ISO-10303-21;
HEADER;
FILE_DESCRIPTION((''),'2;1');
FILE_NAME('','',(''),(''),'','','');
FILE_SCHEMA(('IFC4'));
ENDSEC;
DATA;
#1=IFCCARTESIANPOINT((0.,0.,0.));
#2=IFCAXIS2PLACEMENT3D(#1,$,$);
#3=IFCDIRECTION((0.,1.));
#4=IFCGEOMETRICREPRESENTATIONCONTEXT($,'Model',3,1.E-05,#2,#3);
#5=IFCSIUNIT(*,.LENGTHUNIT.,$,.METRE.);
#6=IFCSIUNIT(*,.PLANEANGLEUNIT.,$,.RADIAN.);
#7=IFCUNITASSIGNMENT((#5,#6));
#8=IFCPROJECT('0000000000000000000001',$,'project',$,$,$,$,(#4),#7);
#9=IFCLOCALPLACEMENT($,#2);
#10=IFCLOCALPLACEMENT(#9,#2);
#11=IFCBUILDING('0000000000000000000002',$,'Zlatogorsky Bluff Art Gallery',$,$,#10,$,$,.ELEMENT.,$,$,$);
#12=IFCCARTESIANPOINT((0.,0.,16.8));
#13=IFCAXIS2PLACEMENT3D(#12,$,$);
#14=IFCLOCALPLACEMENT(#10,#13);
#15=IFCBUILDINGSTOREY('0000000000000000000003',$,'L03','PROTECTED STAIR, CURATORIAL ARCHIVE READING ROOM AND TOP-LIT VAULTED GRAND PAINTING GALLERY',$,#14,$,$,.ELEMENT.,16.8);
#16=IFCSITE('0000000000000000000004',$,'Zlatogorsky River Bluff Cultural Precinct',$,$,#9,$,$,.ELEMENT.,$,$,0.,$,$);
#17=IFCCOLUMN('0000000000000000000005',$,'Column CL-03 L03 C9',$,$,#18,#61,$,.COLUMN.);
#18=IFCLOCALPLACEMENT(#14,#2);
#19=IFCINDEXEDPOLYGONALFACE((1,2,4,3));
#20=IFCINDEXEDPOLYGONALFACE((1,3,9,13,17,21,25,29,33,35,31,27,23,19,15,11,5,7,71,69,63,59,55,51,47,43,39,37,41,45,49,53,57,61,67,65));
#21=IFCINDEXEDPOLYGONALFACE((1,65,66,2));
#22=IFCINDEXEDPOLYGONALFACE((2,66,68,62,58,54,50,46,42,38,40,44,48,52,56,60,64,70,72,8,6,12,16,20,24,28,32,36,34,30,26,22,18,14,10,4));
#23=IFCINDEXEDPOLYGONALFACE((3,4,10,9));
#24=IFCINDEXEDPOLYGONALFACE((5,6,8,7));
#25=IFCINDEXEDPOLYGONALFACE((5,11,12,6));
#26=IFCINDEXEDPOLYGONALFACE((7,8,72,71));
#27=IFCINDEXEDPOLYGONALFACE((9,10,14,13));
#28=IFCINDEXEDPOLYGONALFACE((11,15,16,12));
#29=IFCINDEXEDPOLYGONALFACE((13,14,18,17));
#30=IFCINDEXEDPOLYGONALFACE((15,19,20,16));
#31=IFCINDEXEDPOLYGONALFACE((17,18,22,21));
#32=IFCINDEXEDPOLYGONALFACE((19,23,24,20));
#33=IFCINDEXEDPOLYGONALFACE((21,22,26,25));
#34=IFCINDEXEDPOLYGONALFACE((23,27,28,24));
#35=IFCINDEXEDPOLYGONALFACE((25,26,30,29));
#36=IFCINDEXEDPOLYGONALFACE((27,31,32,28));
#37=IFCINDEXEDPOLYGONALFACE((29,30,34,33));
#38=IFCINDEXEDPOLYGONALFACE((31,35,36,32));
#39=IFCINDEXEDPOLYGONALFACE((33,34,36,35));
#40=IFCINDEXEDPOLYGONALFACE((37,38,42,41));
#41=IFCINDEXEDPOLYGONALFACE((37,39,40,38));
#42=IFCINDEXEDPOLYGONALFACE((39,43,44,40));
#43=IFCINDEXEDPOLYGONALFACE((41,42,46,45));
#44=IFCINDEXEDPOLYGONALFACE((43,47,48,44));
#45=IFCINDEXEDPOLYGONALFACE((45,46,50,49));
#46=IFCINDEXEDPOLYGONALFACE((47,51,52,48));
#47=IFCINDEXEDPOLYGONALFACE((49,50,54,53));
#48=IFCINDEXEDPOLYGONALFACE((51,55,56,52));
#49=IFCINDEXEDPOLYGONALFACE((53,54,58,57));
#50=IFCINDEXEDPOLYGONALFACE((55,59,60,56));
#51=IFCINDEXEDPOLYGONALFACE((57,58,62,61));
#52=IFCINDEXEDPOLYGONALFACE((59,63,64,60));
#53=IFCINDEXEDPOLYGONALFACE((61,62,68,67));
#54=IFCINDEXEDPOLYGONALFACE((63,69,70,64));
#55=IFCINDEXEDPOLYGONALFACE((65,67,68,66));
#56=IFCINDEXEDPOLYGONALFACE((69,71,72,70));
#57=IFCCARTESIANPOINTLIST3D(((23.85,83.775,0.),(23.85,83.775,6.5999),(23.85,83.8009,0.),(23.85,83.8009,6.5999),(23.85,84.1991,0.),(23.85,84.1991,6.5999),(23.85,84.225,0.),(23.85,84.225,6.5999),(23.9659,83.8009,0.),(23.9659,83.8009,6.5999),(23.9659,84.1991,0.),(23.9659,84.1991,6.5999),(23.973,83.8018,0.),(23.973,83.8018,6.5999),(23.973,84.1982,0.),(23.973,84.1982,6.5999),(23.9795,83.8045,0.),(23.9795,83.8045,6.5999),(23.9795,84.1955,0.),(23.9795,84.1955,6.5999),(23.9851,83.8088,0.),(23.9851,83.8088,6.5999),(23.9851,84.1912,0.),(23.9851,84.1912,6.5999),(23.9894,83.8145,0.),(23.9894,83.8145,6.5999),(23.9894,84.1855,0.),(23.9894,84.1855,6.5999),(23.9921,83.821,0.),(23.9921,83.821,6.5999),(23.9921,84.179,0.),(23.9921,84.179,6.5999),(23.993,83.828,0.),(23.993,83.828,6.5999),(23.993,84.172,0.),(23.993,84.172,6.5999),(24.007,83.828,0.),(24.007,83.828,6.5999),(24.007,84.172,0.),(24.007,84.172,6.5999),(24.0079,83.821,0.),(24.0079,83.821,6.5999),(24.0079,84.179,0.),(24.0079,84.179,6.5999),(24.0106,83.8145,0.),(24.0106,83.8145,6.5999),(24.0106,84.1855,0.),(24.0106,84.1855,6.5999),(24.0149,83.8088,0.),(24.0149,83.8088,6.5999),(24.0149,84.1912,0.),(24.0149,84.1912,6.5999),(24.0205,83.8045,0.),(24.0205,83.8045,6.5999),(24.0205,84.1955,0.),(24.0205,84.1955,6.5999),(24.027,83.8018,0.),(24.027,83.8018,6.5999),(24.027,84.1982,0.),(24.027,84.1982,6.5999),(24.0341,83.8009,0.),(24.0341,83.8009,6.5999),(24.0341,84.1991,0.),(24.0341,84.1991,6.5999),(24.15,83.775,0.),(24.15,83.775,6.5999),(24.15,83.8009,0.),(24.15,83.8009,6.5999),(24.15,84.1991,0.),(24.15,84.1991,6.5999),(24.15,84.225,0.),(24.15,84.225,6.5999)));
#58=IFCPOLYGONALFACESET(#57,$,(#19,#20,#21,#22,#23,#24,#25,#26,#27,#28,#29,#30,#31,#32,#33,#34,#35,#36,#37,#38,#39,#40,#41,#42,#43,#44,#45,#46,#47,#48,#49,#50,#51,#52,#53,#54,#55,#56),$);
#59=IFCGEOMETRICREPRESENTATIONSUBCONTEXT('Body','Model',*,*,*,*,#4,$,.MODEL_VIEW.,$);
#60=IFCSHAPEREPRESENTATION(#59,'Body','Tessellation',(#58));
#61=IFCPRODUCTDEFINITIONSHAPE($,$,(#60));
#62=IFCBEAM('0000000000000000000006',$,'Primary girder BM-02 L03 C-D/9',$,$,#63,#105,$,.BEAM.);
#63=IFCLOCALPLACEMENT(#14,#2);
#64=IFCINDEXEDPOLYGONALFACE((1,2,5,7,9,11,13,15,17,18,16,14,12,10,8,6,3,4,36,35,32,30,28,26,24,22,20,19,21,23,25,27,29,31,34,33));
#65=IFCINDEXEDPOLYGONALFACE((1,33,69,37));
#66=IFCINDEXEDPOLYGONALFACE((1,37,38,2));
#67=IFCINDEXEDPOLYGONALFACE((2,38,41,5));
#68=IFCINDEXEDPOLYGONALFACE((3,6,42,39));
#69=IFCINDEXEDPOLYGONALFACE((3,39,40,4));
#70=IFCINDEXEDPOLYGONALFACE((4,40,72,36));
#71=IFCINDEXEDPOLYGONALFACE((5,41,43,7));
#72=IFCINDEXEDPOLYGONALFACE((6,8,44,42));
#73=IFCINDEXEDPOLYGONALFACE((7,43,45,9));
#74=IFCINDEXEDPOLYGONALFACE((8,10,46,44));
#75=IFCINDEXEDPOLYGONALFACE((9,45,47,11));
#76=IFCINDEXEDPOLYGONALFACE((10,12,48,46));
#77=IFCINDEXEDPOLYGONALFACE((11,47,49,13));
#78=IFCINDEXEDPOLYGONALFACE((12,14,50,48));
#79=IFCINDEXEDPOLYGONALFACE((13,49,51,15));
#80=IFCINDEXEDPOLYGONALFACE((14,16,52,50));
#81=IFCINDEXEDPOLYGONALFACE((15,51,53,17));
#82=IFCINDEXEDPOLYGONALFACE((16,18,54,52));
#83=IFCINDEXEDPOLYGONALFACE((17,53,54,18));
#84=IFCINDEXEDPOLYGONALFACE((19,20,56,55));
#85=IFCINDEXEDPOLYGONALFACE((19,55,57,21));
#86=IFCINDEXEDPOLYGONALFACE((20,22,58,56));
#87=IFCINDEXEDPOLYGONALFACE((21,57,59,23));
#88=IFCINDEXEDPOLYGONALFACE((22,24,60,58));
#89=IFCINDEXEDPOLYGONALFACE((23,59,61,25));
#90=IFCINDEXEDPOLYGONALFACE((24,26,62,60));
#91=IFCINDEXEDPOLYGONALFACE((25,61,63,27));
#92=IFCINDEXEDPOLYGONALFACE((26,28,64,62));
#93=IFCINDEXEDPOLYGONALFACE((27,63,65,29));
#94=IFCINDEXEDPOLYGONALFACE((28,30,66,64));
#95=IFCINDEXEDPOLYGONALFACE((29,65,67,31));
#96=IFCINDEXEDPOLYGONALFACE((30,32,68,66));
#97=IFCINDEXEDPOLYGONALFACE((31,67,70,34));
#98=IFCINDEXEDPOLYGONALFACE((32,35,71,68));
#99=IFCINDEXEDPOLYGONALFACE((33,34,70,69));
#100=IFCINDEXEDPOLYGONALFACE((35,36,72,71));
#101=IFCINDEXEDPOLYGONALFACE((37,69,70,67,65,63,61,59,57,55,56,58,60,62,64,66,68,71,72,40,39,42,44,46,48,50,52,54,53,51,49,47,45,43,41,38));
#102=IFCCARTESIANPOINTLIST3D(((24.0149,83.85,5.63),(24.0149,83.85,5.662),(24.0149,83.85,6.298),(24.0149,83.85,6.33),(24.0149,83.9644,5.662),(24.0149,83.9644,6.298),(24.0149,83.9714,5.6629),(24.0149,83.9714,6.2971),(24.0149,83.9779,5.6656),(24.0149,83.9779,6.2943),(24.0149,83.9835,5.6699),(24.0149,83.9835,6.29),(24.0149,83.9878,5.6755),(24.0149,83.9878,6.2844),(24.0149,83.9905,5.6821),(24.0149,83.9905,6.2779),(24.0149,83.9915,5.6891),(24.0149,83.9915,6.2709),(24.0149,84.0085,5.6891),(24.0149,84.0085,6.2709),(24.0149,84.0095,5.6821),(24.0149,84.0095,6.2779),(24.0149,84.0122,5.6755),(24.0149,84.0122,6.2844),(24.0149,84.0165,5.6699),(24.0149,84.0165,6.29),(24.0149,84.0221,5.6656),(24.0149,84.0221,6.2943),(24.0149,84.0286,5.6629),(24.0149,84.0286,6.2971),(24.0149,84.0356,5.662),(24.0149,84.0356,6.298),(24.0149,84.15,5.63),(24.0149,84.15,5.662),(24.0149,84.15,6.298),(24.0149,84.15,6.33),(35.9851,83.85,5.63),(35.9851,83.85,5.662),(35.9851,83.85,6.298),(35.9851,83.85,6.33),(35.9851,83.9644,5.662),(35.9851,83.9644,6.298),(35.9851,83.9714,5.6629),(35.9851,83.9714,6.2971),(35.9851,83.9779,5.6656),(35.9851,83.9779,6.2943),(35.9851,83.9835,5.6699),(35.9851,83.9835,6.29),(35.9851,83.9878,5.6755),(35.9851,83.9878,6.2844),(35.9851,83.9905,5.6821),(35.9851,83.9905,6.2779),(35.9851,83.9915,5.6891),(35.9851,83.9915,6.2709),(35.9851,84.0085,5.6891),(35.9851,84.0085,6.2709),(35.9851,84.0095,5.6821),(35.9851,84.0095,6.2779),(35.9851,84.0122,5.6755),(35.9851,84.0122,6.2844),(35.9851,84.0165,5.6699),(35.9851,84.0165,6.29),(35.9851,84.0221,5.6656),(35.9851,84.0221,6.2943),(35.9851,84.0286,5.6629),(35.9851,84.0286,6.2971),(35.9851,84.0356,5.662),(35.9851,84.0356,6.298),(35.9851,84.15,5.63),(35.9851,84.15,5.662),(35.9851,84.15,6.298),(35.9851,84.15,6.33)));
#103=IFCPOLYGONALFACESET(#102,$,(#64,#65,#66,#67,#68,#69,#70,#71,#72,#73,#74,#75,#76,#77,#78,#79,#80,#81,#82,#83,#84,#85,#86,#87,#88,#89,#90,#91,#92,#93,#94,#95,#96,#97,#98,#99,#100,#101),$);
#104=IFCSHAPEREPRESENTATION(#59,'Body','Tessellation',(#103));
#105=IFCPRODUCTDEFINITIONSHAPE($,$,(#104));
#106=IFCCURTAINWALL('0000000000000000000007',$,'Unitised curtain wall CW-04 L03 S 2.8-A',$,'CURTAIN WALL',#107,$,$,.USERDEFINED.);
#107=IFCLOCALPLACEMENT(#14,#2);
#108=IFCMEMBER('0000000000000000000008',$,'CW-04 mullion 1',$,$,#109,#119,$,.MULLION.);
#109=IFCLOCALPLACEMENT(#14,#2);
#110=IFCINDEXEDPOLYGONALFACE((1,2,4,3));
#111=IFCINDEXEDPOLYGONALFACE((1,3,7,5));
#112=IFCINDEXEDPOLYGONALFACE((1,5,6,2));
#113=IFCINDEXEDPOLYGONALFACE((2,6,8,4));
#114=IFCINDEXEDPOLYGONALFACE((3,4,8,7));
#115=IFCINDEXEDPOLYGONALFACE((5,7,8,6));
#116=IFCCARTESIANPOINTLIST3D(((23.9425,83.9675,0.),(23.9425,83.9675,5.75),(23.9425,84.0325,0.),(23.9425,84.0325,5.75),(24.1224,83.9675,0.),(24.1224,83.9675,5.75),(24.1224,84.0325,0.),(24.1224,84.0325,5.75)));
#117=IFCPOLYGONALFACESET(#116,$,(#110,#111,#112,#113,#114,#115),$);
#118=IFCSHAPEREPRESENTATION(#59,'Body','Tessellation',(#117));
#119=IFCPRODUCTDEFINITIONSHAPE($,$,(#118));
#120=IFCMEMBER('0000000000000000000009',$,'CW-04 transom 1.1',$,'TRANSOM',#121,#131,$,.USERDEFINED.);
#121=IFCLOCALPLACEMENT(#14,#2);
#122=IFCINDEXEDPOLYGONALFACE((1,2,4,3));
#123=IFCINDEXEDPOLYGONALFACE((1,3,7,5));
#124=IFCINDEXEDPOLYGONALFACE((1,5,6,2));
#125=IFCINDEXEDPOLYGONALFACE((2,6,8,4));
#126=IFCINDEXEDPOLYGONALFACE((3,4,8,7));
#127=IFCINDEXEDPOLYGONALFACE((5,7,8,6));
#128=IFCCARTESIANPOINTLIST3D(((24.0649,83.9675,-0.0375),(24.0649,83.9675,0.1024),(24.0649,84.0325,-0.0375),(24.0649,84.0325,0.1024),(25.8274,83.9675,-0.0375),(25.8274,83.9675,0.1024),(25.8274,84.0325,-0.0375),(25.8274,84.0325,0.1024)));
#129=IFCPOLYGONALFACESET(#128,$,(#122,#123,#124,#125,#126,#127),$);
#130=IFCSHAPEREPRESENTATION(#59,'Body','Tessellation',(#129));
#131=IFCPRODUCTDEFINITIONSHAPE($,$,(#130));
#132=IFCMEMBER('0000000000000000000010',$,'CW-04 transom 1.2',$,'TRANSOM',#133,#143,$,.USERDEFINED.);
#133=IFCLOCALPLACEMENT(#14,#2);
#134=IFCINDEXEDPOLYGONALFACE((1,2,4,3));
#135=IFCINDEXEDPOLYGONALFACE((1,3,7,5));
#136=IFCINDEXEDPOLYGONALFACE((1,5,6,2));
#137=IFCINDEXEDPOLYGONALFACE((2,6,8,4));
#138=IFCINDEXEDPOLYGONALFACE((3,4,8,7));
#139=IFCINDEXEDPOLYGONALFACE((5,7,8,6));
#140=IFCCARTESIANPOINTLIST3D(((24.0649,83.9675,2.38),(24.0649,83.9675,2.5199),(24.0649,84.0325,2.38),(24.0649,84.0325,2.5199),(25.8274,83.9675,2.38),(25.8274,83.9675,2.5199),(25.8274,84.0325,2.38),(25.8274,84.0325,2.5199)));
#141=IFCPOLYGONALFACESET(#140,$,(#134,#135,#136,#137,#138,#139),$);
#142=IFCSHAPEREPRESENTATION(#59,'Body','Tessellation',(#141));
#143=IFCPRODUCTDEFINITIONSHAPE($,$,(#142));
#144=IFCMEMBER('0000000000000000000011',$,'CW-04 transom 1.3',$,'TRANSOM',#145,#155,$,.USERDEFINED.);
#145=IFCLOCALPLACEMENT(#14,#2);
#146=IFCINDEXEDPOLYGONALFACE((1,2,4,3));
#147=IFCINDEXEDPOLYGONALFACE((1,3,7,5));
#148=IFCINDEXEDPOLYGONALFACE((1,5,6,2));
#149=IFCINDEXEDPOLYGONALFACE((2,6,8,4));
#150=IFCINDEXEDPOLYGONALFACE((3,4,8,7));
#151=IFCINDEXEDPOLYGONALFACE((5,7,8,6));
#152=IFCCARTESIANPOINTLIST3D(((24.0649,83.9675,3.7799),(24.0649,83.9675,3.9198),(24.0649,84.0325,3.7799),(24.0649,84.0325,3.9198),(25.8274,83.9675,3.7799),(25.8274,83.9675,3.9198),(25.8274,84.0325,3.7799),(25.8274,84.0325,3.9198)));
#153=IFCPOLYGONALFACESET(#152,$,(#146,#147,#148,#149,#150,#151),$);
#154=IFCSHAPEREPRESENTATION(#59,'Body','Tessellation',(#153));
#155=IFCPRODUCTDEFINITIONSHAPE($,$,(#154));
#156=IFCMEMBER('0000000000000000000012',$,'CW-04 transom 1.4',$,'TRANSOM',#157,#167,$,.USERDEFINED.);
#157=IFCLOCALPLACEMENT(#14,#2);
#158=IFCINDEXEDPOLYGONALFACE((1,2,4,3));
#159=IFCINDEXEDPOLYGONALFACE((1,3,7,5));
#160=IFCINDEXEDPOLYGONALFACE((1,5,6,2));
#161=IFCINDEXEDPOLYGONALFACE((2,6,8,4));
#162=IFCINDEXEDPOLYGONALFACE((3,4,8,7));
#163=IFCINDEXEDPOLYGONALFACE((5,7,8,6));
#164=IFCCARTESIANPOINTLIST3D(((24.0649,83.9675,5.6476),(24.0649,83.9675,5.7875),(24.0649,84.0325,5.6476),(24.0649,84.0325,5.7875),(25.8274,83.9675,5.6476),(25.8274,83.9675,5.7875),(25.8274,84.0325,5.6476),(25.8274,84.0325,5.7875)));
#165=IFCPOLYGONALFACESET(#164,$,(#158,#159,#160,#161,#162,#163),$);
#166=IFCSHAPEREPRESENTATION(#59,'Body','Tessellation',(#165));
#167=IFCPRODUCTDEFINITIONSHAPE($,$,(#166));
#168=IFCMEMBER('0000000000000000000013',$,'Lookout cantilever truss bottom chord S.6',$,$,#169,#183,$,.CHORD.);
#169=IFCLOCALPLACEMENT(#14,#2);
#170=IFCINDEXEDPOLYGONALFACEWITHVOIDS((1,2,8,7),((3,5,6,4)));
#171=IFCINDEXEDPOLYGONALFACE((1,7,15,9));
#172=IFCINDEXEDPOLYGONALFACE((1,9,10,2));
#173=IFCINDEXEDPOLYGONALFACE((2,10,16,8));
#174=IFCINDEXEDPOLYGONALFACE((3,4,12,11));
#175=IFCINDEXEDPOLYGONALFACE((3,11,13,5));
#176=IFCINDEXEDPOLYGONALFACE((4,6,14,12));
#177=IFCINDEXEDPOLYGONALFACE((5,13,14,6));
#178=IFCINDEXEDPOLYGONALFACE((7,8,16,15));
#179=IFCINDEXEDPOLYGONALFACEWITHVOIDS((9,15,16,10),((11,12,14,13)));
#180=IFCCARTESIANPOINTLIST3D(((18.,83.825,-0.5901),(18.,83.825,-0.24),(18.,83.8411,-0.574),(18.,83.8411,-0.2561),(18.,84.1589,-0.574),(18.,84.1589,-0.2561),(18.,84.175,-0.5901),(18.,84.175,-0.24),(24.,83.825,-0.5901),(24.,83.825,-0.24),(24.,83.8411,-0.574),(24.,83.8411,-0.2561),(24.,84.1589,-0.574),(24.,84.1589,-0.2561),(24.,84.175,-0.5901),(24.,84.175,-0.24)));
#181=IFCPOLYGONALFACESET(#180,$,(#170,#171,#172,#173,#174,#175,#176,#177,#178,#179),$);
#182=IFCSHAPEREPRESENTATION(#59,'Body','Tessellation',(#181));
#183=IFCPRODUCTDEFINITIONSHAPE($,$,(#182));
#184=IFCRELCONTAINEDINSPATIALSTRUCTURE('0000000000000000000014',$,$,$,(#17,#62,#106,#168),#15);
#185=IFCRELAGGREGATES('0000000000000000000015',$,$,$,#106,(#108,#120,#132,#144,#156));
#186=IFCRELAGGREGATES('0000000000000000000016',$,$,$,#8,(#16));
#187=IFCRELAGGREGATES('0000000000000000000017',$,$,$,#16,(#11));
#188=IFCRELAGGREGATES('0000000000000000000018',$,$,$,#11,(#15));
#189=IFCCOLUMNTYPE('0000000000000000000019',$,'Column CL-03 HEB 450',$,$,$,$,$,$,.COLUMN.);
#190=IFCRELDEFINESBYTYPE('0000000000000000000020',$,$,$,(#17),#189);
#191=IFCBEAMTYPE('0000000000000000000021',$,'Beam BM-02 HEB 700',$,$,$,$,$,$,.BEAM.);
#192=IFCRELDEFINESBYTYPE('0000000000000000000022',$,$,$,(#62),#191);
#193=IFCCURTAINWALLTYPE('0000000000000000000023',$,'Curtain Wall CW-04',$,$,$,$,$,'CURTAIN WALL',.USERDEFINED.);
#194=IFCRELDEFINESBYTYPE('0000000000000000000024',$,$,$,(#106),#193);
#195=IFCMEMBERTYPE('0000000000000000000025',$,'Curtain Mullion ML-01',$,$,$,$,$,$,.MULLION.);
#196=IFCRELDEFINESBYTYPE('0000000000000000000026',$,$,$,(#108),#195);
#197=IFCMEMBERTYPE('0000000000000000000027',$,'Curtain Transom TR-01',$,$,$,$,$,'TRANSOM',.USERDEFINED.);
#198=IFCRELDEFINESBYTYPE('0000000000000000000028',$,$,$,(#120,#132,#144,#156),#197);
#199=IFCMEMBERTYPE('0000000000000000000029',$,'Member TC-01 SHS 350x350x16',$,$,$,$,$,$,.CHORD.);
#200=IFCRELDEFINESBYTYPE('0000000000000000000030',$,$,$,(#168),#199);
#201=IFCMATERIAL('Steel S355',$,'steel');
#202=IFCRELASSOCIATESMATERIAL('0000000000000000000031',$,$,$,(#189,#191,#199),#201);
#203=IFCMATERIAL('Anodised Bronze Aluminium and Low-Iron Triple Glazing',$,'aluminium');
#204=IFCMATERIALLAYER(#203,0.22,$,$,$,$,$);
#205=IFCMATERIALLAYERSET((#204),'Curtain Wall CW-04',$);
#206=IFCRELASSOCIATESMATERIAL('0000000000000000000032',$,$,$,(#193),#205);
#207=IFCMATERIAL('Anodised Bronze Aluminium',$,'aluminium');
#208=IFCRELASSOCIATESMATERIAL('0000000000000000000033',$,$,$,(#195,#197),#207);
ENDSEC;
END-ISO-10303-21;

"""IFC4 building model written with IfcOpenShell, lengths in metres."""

from ifc_helpers import new_model, si_unit, direction, frame, origin, origin_2d, place, context, subcontext, project, spatial, rectangle, hollow_rectangle, i_section, extrude, material, layer, layer_set, material_profile, profile_set, type_object, element, aggregate, save


model = new_model("IFC4")

# Units and contexts
model_context = context("Model", 3, precision=1e-05, world=origin(), true_north=direction((0.0, 1.0)))
body_context = subcontext(model_context, "Body", "Model", "MODEL_VIEW")
ifc_project = project(units=[si_unit("LENGTHUNIT", "METRE"), si_unit("PLANEANGLEUNIT", "RADIAN")], contexts=[model_context])

# Site, building, storey
site_placement = place(None, origin())
site = spatial("IfcSite", under=ifc_project, at=site_placement, Name="Zlatogorsky River Bluff Cultural Precinct", CompositionType="ELEMENT", RefElevation=0.0)
building_placement = place(site_placement, origin())
building = spatial("IfcBuilding", under=site, at=building_placement, Name="Zlatogorsky Bluff Art Gallery", CompositionType="ELEMENT")
storey_placement = place(building_placement, frame((0.0, 0.0, 16.8)))
storey = spatial("IfcBuildingStorey", under=building, at=storey_placement, Name="L03", Description="PROTECTED STAIR, CURATORIAL ARCHIVE READING ROOM AND TOP-LIT VAULTED GRAND PAINTING GALLERY", CompositionType="ELEMENT", Elevation=16.8)

# Column
ifc_material_1 = material(Name="Steel S355", Category="steel")
ifc_material_profile_1 = material_profile(ifc_material_1, i_section(OverallWidth=0.3, OverallDepth=0.45, WebThickness=0.0139, FlangeThickness=0.0259, FilletRadius=0.0271, at=origin_2d()), Name="HEB 450")
ifc_profile_set_1 = profile_set([ifc_material_profile_1], Name="Steel S355")
column_type = type_object("IfcColumnType", Name="Column CL-03 HEB 450", PredefinedType="COLUMN", material=ifc_profile_set_1)
column_placement = place(storey_placement, frame((24.0, 84.0, 0.0), z_axis=(0.0, 0.0, 1.0), x_axis=(1.0, 0.0, 0.0)))
element("IfcColumn", 1, at=column_placement, inside=storey, type_object=column_type, Name="Column CL-03 L03 C9", PredefinedType="COLUMN", context=body_context, shape_type="SweptSolid", body=[
    extrude(i_section(OverallWidth=0.3, OverallDepth=0.45, WebThickness=0.0139, FlangeThickness=0.0259, FilletRadius=0.0271, at=origin_2d()), origin(), (0.0, 0.0, 1.0), 6.5999),
])

# Beam
ifc_material_profile_2 = material_profile(ifc_material_1, i_section(OverallWidth=0.3, OverallDepth=0.7, WebThickness=0.0171, FlangeThickness=0.032, FilletRadius=0.0271, at=origin_2d()), Name="HEB 700")
ifc_profile_set_2 = profile_set([ifc_material_profile_2], Name="Steel S355")
beam_type = type_object("IfcBeamType", Name="Beam BM-02 HEB 700", PredefinedType="BEAM", material=ifc_profile_set_2)
beam_placement = place(storey_placement, frame((24.0149, 84.0, 5.98), z_axis=(1.0, 0.0, 0.0), x_axis=(0.0, 1.0, 0.0)))
element("IfcBeam", 2, at=beam_placement, inside=storey, type_object=beam_type, Name="Primary girder BM-02 L03 C-D/9", PredefinedType="BEAM", context=body_context, shape_type="SweptSolid", body=[
    extrude(i_section(OverallWidth=0.3, OverallDepth=0.7, WebThickness=0.0171, FlangeThickness=0.032, FilletRadius=0.0271, at=origin_2d()), origin(), (0.0, 0.0, 1.0), 11.9702),
])

# Curtain wall, members
ifc_material_2 = material(Name="Anodised Bronze Aluminium and Low-Iron Triple Glazing", Category="aluminium")
ifc_layer_1 = layer(ifc_material_2, 0.22)
ifc_layer_set_1 = layer_set([ifc_layer_1], Name="Curtain Wall CW-04")
curtain_wall_type = type_object("IfcCurtainWallType", Name="Curtain Wall CW-04", ElementType="CURTAIN WALL", PredefinedType="USERDEFINED", material=ifc_layer_set_1)
curtain_wall_placement = place(storey_placement, origin())
curtain_wall = element("IfcCurtainWall", 3, at=curtain_wall_placement, inside=storey, type_object=curtain_wall_type, Name="Unitised curtain wall CW-04 L03 S 2.8-A", ObjectType="CURTAIN WALL", PredefinedType="USERDEFINED")
ifc_material_3 = material(Name="Anodised Bronze Aluminium", Category="aluminium")
ifc_material_profile_3 = material_profile(ifc_material_3, rectangle(XDim=0.0649, YDim=0.1799, at=origin_2d()), Name="ALU MULLION 65x180")
ifc_profile_set_3 = profile_set([ifc_material_profile_3], Name="Anodised Bronze Aluminium")
member_type_1 = type_object("IfcMemberType", Name="Curtain Mullion ML-01", PredefinedType="MULLION", material=ifc_profile_set_3)
member_1_placement = place(storey_placement, frame((24.0325, 84.0, 0.0), z_axis=(0.0, 0.0, 1.0), x_axis=(0.0, 1.0, 0.0)))
member_1 = element("IfcMember", 4, at=member_1_placement, type_object=member_type_1, Name="CW-04 mullion 1", PredefinedType="MULLION", context=body_context, shape_type="SweptSolid", body=[
    extrude(rectangle(XDim=0.0649, YDim=0.1799, at=origin_2d()), origin(), (0.0, 0.0, 1.0), 5.75),
])
ifc_material_profile_4 = material_profile(ifc_material_3, rectangle(XDim=0.0649, YDim=0.1399, at=origin_2d()), Name="ALU TRANSOM 65x140")
ifc_profile_set_4 = profile_set([ifc_material_profile_4], Name="Anodised Bronze Aluminium")
member_type_2 = type_object("IfcMemberType", Name="Curtain Transom TR-01", ElementType="TRANSOM", PredefinedType="USERDEFINED", material=ifc_profile_set_4)
member_2_placement = place(storey_placement, frame((24.0649, 84.0, 0.0325), z_axis=(1.0, 0.0, 0.0), x_axis=(0.0, 1.0, 0.0)))
member_2 = element("IfcMember", 5, at=member_2_placement, type_object=member_type_2, Name="CW-04 transom 1.1", ObjectType="TRANSOM", PredefinedType="USERDEFINED", context=body_context, shape_type="SweptSolid", body=[
    extrude(rectangle(XDim=0.0649, YDim=0.1399, at=origin_2d()), origin(), (0.0, 0.0, 1.0), 1.7625),
])
member_3_placement = place(storey_placement, frame((24.0649, 84.0, 2.45), z_axis=(1.0, 0.0, 0.0), x_axis=(0.0, 1.0, 0.0)))
member_3 = element("IfcMember", 6, at=member_3_placement, type_object=member_type_2, Name="CW-04 transom 1.2", ObjectType="TRANSOM", PredefinedType="USERDEFINED", context=body_context, shape_type="SweptSolid", body=[
    extrude(rectangle(XDim=0.0649, YDim=0.1399, at=origin_2d()), origin(), (0.0, 0.0, 1.0), 1.7625),
])
member_4_placement = place(storey_placement, frame((24.0649, 84.0, 3.8499), z_axis=(1.0, 0.0, 0.0), x_axis=(0.0, 1.0, 0.0)))
member_4 = element("IfcMember", 7, at=member_4_placement, type_object=member_type_2, Name="CW-04 transom 1.3", ObjectType="TRANSOM", PredefinedType="USERDEFINED", context=body_context, shape_type="SweptSolid", body=[
    extrude(rectangle(XDim=0.0649, YDim=0.1399, at=origin_2d()), origin(), (0.0, 0.0, 1.0), 1.7625),
])
member_5_placement = place(storey_placement, frame((24.0649, 84.0, 5.7175), z_axis=(1.0, 0.0, 0.0), x_axis=(0.0, 1.0, 0.0)))
member_5 = element("IfcMember", 8, at=member_5_placement, type_object=member_type_2, Name="CW-04 transom 1.4", ObjectType="TRANSOM", PredefinedType="USERDEFINED", context=body_context, shape_type="SweptSolid", body=[
    extrude(rectangle(XDim=0.0649, YDim=0.1399, at=origin_2d()), origin(), (0.0, 0.0, 1.0), 1.7625),
])
aggregate(curtain_wall, [member_1, member_2, member_3, member_4, member_5])

# Member
ifc_material_profile_5 = material_profile(ifc_material_1, hollow_rectangle(XDim=0.3501, YDim=0.3501, WallThickness=0.0161, at=origin_2d()), Name="SHS 350x350x16")
ifc_profile_set_5 = profile_set([ifc_material_profile_5], Name="Steel S355")
member_type_3 = type_object("IfcMemberType", Name="Member TC-01 SHS 350x350x16", PredefinedType="CHORD", material=ifc_profile_set_5)
for number, where, z_axis, x_axis, name in (
    (9, (18.0, 84.0, -0.415), (1.0, 0.0, 0.0), (0.0, 1.0, 0.0), "Lookout cantilever truss bottom chord S.6"),
):
    element("IfcMember", number, at=place(storey_placement, frame(where, z_axis=z_axis, x_axis=x_axis)), inside=storey, type_object=member_type_3, Name=name, PredefinedType="CHORD", context=body_context, shape_type="SweptSolid", body=[
        extrude(hollow_rectangle(XDim=0.3501, YDim=0.3501, WallThickness=0.0161, at=origin_2d()), origin(), (0.0, 0.0, 1.0), 6.0),
    ])

save(model, "model.ifc")
